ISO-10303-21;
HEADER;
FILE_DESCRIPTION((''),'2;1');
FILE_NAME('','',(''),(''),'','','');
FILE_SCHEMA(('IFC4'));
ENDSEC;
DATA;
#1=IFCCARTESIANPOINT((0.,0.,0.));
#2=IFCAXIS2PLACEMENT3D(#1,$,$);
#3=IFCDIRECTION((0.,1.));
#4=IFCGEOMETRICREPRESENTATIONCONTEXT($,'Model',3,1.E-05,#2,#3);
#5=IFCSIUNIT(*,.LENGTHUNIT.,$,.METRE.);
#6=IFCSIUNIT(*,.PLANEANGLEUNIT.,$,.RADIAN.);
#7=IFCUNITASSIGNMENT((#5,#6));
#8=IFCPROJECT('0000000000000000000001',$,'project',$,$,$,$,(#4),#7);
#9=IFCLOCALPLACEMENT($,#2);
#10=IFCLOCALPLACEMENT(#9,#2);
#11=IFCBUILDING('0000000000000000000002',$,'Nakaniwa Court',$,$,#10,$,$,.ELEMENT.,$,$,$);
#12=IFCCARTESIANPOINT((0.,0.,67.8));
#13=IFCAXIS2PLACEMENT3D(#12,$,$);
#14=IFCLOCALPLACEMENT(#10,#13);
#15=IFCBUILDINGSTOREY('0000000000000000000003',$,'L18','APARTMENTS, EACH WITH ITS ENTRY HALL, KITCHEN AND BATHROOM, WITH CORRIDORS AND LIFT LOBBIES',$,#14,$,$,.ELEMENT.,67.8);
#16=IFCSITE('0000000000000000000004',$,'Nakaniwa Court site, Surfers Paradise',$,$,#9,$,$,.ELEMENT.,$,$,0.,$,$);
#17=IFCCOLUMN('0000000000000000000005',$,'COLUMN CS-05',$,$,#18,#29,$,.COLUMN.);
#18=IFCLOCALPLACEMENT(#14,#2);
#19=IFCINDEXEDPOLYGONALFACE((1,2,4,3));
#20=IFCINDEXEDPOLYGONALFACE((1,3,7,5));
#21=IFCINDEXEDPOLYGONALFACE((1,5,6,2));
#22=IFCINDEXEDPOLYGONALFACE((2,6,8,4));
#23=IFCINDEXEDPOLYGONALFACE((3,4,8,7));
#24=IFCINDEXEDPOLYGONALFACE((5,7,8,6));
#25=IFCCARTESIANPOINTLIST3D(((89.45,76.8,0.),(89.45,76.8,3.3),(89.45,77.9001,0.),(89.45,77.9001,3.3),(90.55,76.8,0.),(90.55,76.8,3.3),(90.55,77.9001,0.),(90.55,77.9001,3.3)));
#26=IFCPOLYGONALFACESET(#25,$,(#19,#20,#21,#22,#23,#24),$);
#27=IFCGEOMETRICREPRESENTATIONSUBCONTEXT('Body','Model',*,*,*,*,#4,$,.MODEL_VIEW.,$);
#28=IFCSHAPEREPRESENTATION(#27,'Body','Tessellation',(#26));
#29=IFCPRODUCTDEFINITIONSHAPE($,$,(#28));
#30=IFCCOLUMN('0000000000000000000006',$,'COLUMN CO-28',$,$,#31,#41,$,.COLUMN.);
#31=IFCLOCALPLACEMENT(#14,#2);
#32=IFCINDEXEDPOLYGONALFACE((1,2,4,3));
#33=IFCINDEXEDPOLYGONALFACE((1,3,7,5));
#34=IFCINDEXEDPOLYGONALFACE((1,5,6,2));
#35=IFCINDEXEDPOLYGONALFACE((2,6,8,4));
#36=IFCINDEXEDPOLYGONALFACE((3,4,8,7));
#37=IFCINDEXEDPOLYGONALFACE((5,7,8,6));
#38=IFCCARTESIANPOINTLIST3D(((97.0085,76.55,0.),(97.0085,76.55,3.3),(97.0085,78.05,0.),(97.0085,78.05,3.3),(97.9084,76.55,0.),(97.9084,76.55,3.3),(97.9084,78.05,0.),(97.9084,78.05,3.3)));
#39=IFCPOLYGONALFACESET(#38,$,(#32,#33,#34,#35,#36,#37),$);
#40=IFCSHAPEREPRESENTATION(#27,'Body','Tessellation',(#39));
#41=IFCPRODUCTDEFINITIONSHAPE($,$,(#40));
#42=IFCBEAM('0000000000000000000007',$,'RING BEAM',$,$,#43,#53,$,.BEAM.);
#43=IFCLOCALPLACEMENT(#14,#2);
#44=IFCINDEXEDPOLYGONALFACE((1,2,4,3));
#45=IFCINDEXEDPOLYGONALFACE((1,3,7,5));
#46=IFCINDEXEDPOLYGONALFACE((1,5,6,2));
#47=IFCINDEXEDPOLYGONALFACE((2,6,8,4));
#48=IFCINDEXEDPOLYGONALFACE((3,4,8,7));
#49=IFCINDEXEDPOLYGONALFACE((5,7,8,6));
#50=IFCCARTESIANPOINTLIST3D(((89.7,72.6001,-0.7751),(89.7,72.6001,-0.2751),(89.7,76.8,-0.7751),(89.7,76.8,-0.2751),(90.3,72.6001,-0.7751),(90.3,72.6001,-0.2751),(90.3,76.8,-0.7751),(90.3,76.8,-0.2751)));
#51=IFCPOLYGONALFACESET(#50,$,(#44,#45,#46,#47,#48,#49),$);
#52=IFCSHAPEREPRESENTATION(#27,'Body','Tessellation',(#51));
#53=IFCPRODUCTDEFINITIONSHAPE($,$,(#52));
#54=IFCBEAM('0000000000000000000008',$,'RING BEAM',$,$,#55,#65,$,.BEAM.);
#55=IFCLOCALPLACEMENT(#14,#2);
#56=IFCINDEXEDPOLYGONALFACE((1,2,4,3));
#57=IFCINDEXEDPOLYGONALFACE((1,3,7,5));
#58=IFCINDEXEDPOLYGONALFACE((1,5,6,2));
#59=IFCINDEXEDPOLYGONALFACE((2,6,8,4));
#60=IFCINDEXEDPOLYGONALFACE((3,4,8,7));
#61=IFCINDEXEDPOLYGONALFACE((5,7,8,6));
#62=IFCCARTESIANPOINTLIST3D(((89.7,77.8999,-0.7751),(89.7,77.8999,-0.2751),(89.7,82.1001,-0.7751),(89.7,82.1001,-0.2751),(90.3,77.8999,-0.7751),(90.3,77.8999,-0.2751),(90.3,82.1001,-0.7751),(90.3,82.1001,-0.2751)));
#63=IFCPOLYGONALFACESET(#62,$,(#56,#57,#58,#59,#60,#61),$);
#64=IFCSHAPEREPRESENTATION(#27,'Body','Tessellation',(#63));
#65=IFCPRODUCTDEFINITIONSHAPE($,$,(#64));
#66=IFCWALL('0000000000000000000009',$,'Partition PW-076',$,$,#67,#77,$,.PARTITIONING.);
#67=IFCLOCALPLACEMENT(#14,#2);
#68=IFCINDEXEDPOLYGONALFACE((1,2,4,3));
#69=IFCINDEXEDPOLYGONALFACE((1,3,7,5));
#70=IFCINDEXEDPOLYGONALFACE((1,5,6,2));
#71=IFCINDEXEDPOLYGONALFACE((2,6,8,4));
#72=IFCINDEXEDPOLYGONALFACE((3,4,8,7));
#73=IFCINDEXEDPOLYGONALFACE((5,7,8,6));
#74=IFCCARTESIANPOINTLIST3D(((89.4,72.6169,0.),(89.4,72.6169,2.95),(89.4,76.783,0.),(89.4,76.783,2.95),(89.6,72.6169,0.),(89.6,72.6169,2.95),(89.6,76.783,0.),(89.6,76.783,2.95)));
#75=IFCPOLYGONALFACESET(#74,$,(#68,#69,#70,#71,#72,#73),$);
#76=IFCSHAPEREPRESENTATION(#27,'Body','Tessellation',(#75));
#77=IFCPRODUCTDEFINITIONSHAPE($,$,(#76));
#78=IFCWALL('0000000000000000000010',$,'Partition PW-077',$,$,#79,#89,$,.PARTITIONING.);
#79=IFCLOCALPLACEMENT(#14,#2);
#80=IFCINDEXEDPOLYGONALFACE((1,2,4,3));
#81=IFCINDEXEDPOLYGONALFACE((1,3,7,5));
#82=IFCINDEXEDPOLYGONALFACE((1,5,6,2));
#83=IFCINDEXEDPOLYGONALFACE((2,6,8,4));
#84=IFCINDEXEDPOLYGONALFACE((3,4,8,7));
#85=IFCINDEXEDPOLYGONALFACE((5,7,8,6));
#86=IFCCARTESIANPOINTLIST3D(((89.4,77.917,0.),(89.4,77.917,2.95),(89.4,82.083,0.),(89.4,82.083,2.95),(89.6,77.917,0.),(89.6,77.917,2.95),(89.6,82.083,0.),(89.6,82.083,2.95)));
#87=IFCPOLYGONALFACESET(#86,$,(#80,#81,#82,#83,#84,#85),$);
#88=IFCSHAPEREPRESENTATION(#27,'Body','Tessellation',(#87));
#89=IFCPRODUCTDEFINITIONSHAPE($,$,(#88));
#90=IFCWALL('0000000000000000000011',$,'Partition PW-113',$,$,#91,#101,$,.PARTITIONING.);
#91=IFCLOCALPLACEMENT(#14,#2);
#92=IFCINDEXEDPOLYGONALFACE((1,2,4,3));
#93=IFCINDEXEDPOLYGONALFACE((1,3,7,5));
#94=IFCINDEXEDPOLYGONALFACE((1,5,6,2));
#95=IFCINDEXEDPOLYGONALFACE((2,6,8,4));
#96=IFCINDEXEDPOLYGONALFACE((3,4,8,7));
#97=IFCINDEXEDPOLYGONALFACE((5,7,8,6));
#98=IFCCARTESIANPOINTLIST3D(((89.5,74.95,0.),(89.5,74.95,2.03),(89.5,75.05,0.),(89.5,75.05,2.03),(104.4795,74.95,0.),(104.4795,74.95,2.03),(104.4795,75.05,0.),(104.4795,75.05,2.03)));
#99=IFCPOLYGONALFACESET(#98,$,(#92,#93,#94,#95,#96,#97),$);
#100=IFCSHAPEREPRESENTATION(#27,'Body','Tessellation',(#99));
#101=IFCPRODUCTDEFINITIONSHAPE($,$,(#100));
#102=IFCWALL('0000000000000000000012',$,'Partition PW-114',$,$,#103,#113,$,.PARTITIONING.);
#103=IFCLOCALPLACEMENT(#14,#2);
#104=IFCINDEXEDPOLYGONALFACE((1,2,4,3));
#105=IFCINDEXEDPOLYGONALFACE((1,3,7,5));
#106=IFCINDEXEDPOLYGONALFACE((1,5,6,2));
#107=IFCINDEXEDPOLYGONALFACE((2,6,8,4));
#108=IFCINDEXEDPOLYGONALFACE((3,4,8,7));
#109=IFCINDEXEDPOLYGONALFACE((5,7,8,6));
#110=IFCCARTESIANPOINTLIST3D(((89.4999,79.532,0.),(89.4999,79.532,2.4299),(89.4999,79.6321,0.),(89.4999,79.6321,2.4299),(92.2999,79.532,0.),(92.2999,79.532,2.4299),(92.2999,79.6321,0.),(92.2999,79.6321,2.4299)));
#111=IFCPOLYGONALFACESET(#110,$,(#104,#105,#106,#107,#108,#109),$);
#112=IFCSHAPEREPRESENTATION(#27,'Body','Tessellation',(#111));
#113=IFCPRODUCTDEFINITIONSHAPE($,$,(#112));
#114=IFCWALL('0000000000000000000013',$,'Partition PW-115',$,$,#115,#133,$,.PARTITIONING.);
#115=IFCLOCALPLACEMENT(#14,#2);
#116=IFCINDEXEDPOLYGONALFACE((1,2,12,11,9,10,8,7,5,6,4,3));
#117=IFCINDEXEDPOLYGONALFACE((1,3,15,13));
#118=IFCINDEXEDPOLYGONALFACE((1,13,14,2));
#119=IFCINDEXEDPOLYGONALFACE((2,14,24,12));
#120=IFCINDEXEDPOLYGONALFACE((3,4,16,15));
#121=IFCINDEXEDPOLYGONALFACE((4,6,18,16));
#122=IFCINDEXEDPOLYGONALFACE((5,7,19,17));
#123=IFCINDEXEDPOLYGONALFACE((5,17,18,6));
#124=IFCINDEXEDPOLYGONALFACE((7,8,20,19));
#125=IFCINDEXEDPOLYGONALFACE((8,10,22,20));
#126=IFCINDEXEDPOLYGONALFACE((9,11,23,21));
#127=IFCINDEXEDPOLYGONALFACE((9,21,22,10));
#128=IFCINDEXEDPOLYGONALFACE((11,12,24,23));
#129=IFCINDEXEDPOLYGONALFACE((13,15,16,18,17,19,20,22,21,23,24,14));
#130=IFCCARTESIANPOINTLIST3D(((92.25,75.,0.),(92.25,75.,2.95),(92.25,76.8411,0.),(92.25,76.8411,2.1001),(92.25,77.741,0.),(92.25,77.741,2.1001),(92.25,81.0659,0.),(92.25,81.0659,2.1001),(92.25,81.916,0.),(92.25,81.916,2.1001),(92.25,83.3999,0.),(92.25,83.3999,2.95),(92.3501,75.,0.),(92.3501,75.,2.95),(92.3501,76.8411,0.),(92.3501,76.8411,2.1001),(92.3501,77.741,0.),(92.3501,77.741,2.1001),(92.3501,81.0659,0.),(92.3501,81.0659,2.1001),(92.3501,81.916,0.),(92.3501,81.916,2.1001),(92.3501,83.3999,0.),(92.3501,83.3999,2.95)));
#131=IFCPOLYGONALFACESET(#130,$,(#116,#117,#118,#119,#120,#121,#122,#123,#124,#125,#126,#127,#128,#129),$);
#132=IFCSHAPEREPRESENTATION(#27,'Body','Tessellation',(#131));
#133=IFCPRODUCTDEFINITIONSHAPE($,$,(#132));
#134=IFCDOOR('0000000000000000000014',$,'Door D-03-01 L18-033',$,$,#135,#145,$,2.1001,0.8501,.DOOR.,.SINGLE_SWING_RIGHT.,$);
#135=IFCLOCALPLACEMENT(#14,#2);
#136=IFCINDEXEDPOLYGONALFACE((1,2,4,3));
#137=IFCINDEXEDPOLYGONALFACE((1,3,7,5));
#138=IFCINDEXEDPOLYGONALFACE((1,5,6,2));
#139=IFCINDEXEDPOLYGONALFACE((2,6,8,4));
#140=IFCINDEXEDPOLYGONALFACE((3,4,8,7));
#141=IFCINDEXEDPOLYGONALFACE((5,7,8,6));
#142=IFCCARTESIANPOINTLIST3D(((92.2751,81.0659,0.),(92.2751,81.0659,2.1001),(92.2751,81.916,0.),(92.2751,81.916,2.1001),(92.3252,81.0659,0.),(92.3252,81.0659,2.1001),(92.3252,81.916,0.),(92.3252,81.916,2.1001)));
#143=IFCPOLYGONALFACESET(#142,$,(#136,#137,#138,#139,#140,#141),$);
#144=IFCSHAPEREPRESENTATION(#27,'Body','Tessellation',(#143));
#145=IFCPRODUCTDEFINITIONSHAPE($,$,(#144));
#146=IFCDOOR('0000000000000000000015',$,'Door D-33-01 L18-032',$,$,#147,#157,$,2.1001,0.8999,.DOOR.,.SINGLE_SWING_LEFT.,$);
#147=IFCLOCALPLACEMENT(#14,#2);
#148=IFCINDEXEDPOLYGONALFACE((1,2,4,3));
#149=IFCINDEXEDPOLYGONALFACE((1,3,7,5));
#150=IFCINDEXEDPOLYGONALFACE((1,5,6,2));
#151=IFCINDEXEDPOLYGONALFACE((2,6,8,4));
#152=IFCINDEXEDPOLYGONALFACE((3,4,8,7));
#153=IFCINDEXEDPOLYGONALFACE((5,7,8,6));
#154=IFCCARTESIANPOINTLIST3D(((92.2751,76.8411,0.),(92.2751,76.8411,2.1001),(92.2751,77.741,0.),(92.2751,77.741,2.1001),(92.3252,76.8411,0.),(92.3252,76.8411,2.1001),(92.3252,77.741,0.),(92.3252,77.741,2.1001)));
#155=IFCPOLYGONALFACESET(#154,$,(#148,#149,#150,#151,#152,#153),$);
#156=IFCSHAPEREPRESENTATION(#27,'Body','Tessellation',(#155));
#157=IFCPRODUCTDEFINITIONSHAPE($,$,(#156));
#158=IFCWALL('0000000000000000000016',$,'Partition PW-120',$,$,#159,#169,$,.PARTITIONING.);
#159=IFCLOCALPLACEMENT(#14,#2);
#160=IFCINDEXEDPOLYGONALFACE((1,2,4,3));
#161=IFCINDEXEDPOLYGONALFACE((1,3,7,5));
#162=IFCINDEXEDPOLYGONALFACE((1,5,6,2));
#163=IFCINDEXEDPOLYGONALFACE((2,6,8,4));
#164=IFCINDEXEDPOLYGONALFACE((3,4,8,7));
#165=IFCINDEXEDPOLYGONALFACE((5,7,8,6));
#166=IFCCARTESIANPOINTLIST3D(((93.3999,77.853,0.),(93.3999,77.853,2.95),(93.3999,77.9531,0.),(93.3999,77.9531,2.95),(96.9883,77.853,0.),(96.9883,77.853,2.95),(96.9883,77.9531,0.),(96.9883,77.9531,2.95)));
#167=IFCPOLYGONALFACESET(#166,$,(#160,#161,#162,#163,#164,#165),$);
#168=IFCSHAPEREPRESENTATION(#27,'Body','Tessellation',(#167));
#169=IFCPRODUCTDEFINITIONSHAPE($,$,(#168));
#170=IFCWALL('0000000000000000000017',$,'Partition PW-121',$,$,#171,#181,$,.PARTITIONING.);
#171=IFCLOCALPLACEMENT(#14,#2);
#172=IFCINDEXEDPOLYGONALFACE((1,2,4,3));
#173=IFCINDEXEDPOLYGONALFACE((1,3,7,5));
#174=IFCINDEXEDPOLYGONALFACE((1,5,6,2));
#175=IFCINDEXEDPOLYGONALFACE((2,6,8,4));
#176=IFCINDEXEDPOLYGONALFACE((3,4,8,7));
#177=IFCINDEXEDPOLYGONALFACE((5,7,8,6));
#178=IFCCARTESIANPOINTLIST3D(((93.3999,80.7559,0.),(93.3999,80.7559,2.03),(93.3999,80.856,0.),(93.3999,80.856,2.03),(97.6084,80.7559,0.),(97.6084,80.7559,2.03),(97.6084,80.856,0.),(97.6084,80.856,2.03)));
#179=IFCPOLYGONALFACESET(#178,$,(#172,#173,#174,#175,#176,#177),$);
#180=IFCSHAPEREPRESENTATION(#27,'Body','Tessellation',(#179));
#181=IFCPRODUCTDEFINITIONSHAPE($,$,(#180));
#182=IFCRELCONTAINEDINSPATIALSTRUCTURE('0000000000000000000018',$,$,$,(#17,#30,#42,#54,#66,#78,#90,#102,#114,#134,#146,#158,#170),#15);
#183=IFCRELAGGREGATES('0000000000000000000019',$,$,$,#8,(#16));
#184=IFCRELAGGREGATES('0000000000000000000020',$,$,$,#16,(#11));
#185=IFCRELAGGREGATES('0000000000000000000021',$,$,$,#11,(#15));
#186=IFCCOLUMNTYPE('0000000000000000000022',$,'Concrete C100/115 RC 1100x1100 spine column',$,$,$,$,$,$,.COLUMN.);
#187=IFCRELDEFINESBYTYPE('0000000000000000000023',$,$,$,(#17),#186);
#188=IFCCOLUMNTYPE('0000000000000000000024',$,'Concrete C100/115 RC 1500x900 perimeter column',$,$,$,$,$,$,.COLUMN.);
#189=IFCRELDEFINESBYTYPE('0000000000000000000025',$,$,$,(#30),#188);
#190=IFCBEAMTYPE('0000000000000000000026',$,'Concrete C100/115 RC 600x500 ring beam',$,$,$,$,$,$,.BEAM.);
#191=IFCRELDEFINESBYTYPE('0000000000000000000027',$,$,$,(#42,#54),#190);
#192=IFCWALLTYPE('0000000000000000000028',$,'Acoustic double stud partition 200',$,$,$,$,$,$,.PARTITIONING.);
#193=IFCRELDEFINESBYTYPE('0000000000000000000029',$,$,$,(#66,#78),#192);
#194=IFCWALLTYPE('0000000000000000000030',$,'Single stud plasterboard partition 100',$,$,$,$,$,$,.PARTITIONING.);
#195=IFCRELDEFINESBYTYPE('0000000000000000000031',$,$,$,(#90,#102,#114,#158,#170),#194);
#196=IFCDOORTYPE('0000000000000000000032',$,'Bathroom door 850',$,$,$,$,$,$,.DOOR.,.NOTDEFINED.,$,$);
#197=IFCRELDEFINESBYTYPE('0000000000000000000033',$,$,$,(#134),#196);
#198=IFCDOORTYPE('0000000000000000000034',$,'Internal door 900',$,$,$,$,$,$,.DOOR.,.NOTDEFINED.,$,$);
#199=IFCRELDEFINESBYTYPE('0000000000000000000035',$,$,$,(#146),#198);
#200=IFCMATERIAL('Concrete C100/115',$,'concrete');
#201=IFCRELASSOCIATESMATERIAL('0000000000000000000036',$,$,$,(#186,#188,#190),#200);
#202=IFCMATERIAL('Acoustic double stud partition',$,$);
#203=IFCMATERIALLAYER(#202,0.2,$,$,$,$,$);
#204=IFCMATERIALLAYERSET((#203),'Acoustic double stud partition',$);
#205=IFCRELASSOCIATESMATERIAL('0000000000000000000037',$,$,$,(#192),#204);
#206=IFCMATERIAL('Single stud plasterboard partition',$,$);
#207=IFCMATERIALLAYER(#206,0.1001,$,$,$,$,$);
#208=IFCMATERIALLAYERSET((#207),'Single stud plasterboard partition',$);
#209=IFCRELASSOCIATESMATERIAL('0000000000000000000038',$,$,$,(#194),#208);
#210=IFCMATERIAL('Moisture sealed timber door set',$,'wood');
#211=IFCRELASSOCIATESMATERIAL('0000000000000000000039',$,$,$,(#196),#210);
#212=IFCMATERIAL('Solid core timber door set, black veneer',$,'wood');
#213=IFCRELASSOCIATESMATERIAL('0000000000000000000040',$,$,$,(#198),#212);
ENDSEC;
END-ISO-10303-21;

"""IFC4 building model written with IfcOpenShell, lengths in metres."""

from ifc_helpers import new_model, si_unit, direction, frame, frame_2d, origin, origin_2d, place, context, subcontext, project, spatial, rectangle, extrude, material, layer, layer_set, material_profile, profile_set, type_object, element, fill, save


model = new_model("IFC4")

# Units and contexts
model_context = context("Model", 3, precision=1e-05, world=origin(), true_north=direction((0.0, 1.0)))
body_context = subcontext(model_context, "Body", "Model", "MODEL_VIEW")
ifc_project = project(units=[si_unit("LENGTHUNIT", "METRE"), si_unit("PLANEANGLEUNIT", "RADIAN")], contexts=[model_context])

# Site, building, storey
site_placement = place(None, origin())
site = spatial("IfcSite", under=ifc_project, at=site_placement, Name="Nakaniwa Court site, Surfers Paradise", CompositionType="ELEMENT", RefElevation=0.0)
building_placement = place(site_placement, origin())
building = spatial("IfcBuilding", under=site, at=building_placement, Name="Nakaniwa Court", CompositionType="ELEMENT")
storey_placement = place(building_placement, frame((0.0, 0.0, 67.8)))
storey = spatial("IfcBuildingStorey", under=building, at=storey_placement, Name="L18", Description="APARTMENTS, EACH WITH ITS ENTRY HALL, KITCHEN AND BATHROOM, WITH CORRIDORS AND LIFT LOBBIES", CompositionType="ELEMENT", Elevation=67.8)

# Columns
ifc_material_1 = material(Name="Concrete C100/115", Category="concrete")
ifc_material_profile_1 = material_profile(ifc_material_1, rectangle(XDim=1.1001, YDim=1.1001, at=origin_2d()), Name="Concrete C100/115 RC 1100x1100 spine column")
ifc_profile_set_1 = profile_set([ifc_material_profile_1], Name="Concrete C100/115")
column_type_1 = type_object("IfcColumnType", Name="Concrete C100/115 RC 1100x1100 spine column", PredefinedType="COLUMN", material=ifc_profile_set_1)
column_1_placement = place(storey_placement, frame((90.0, 77.3501, 0.0), z_axis=(0.0, 0.0, 1.0), x_axis=(0.0, 1.0, 0.0)))
element("IfcColumn", 1, at=column_1_placement, inside=storey, type_object=column_type_1, Name="COLUMN CS-05", PredefinedType="COLUMN", context=body_context, shape_type="SweptSolid", body=[
    extrude(rectangle(XDim=1.1001, YDim=1.1001, at=origin_2d()), origin(), (0.0, 0.0, 1.0), 3.3),
])
ifc_material_profile_2 = material_profile(ifc_material_1, rectangle(XDim=1.5, YDim=0.8999, at=origin_2d()), Name="Concrete C100/115 RC 1500x900 perimeter column")
ifc_profile_set_2 = profile_set([ifc_material_profile_2], Name="Concrete C100/115")
column_type_2 = type_object("IfcColumnType", Name="Concrete C100/115 RC 1500x900 perimeter column", PredefinedType="COLUMN", material=ifc_profile_set_2)
column_2_placement = place(storey_placement, frame((97.4585, 77.3, 0.0), z_axis=(0.0, 0.0, 1.0), x_axis=(0.0, 1.0, 0.0)))
element("IfcColumn", 2, at=column_2_placement, inside=storey, type_object=column_type_2, Name="COLUMN CO-28", PredefinedType="COLUMN", context=body_context, shape_type="SweptSolid", body=[
    extrude(rectangle(XDim=1.5, YDim=0.8999, at=origin_2d()), origin(), (0.0, 0.0, 1.0), 3.3),
])

# Beams
ifc_material_profile_3 = material_profile(ifc_material_1, rectangle(XDim=0.6001, YDim=0.5, at=origin_2d()), Name="Concrete C100/115 RC 600x500 ring beam")
ifc_profile_set_3 = profile_set([ifc_material_profile_3], Name="Concrete C100/115")
beam_type = type_object("IfcBeamType", Name="Concrete C100/115 RC 600x500 ring beam", PredefinedType="BEAM", material=ifc_profile_set_3)
beam_1_placement = place(storey_placement, frame((90.0, 72.6001, -0.5251), z_axis=(0.0, 1.0, 0.0), x_axis=(-1.0, 0.0, 0.0)))
element("IfcBeam", 3, at=beam_1_placement, inside=storey, type_object=beam_type, Name="RING BEAM", PredefinedType="BEAM", context=body_context, shape_type="SweptSolid", body=[
    extrude(rectangle(XDim=0.6001, YDim=0.5, at=origin_2d()), origin(), (0.0, 0.0, 1.0), 4.2),
])
beam_2_placement = place(storey_placement, frame((90.0, 77.8999, -0.5251), z_axis=(0.0, 1.0, 0.0), x_axis=(-1.0, 0.0, 0.0)))
element("IfcBeam", 4, at=beam_2_placement, inside=storey, type_object=beam_type, Name="RING BEAM", PredefinedType="BEAM", context=body_context, shape_type="SweptSolid", body=[
    extrude(rectangle(XDim=0.6001, YDim=0.5, at=origin_2d()), origin(), (0.0, 0.0, 1.0), 4.2002),
])

# Walls
ifc_material_2 = material(Name="Acoustic double stud partition")
ifc_layer_1 = layer(ifc_material_2, 0.2)
ifc_layer_set_1 = layer_set([ifc_layer_1], Name="Acoustic double stud partition")
wall_type_1 = type_object("IfcWallType", Name="Acoustic double stud partition 200", PredefinedType="PARTITIONING", material=ifc_layer_set_1)
for number, where, z_axis, x_axis, name in (
    (5, (89.5, 72.6169, 0.0), (0.0, 0.0, 1.0), (0.0, 1.0, 0.0), "Partition PW-076"),
    (6, (89.5, 77.917, 0.0), (0.0, 0.0, 1.0), (0.0, 1.0, 0.0), "Partition PW-077"),
):
    element("IfcWall", number, at=place(storey_placement, frame(where, z_axis=z_axis, x_axis=x_axis)), inside=storey, type_object=wall_type_1, Name=name, PredefinedType="PARTITIONING", context=body_context, shape_type="SweptSolid", body=[
        extrude(rectangle(XDim=4.166, YDim=0.2, at=frame_2d((2.083, 0.0))), origin(), (0.0, 0.0, 1.0), 2.95),
    ])
ifc_material_3 = material(Name="Single stud plasterboard partition")
ifc_layer_2 = layer(ifc_material_3, 0.1001)
ifc_layer_set_2 = layer_set([ifc_layer_2], Name="Single stud plasterboard partition")
wall_type_2 = type_object("IfcWallType", Name="Single stud plasterboard partition 100", PredefinedType="PARTITIONING", material=ifc_layer_set_2)
wall_1_placement = place(storey_placement, frame((89.5, 75.0, 0.0), z_axis=(0.0, 0.0, 1.0), x_axis=(1.0, 0.0, 0.0)))
element("IfcWall", 7, at=wall_1_placement, inside=storey, type_object=wall_type_2, Name="Partition PW-113", PredefinedType="PARTITIONING", context=body_context, shape_type="SweptSolid", body=[
    extrude(rectangle(XDim=14.9795, YDim=0.1001, at=frame_2d((7.4897, 0.0))), origin(), (0.0, 0.0, 1.0), 2.03),
])
wall_2_placement = place(storey_placement, frame((89.5, 79.582, 0.0), z_axis=(0.0, 0.0, 1.0), x_axis=(1.0, 0.0, 0.0)))
element("IfcWall", 8, at=wall_2_placement, inside=storey, type_object=wall_type_2, Name="Partition PW-114", PredefinedType="PARTITIONING", context=body_context, shape_type="SweptSolid", body=[
    extrude(rectangle(XDim=2.8, YDim=0.1001, at=frame_2d((1.3999, 0.0))), origin(), (0.0, 0.0, 1.0), 2.4299),
])

# Wall, openings, doors
wall_3_placement = place(storey_placement, frame((92.3, 75.0, 0.0), z_axis=(0.0, 0.0, 1.0), x_axis=(0.0, 1.0, 0.0)))
wall_3 = element("IfcWall", 9, at=wall_3_placement, inside=storey, type_object=wall_type_2, Name="Partition PW-115", PredefinedType="PARTITIONING", context=body_context, shape_type="SweptSolid", body=[
    extrude(rectangle(XDim=8.3999, YDim=0.1001, at=frame_2d((4.2, 0.0))), origin(), (0.0, 0.0, 1.0), 2.95),
])
opening_1_placement = place(wall_3_placement, frame((1.8411, 0.0, 0.0)))
opening_1 = element("IfcOpeningElement", 10, at=opening_1_placement, cuts=wall_3, PredefinedType="OPENING", context=body_context, shape_type="SweptSolid", body=[
    extrude(rectangle(XDim=0.8999, YDim=2.1001, at=frame_2d((0.45, 1.05))), frame((0.0, 0.0601, 0.0), z_axis=(0.0, -1.0, 0.0), x_axis=(1.0, 0.0, 0.0)), (0.0, 0.0, 1.0), 0.1201),
])
opening_2_placement = place(wall_3_placement, frame((6.0659, 0.0, 0.0)))
opening_2 = element("IfcOpeningElement", 11, at=opening_2_placement, cuts=wall_3, PredefinedType="OPENING", context=body_context, shape_type="SweptSolid", body=[
    extrude(rectangle(XDim=0.8501, YDim=2.1001, at=frame_2d((0.425, 1.05))), frame((0.0, 0.0601, 0.0), z_axis=(0.0, -1.0, 0.0), x_axis=(1.0, 0.0, 0.0)), (0.0, 0.0, 1.0), 0.1201),
])
ifc_material_4 = material(Name="Moisture sealed timber door set", Category="wood")
door_type_1 = type_object("IfcDoorType", Name="Bathroom door 850", OperationType="NOTDEFINED", PredefinedType="DOOR", material=ifc_material_4)
door_1_placement = place(opening_2_placement, origin())
door_1 = element("IfcDoor", 12, at=door_1_placement, inside=storey, type_object=door_type_1, Name="Door D-03-01 L18-033", OperationType="SINGLE_SWING_RIGHT", OverallHeight=2.1001, OverallWidth=0.8501, PredefinedType="DOOR", context=body_context, shape_type="SweptSolid", body=[
    extrude(rectangle(XDim=0.8501, YDim=2.1001, at=frame_2d((0.425, 1.05))), frame((0.0, 0.0249, 0.0), z_axis=(0.0, -1.0, 0.0), x_axis=(1.0, 0.0, 0.0)), (0.0, 0.0, 1.0), 0.05),
])
fill(opening_2, door_1)
ifc_material_5 = material(Name="Solid core timber door set, black veneer", Category="wood")
door_type_2 = type_object("IfcDoorType", Name="Internal door 900", OperationType="NOTDEFINED", PredefinedType="DOOR", material=ifc_material_5)
door_2_placement = place(opening_1_placement, origin())
door_2 = element("IfcDoor", 13, at=door_2_placement, inside=storey, type_object=door_type_2, Name="Door D-33-01 L18-032", OperationType="SINGLE_SWING_LEFT", OverallHeight=2.1001, OverallWidth=0.8999, PredefinedType="DOOR", context=body_context, shape_type="SweptSolid", body=[
    extrude(rectangle(XDim=0.8999, YDim=2.1001, at=frame_2d((0.45, 1.05))), frame((0.0, 0.0249, 0.0), z_axis=(0.0, -1.0, 0.0), x_axis=(1.0, 0.0, 0.0)), (0.0, 0.0, 1.0), 0.05),
])
fill(opening_1, door_2)

# Walls
wall_4_placement = place(storey_placement, frame((93.3999, 77.9031, 0.0), z_axis=(0.0, 0.0, 1.0), x_axis=(1.0, 0.0, 0.0)))
element("IfcWall", 14, at=wall_4_placement, inside=storey, type_object=wall_type_2, Name="Partition PW-120", PredefinedType="PARTITIONING", context=body_context, shape_type="SweptSolid", body=[
    extrude(rectangle(XDim=3.5884, YDim=0.1001, at=frame_2d((1.7942, 0.0))), origin(), (0.0, 0.0, 1.0), 2.95),
])
wall_5_placement = place(storey_placement, frame((93.3999, 80.8059, 0.0), z_axis=(0.0, 0.0, 1.0), x_axis=(1.0, 0.0, 0.0)))
element("IfcWall", 15, at=wall_5_placement, inside=storey, type_object=wall_type_2, Name="Partition PW-121", PredefinedType="PARTITIONING", context=body_context, shape_type="SweptSolid", body=[
    extrude(rectangle(XDim=4.2085, YDim=0.1001, at=frame_2d((2.1042, 0.0))), origin(), (0.0, 0.0, 1.0), 2.03),
])

save(model, "model.ifc")
